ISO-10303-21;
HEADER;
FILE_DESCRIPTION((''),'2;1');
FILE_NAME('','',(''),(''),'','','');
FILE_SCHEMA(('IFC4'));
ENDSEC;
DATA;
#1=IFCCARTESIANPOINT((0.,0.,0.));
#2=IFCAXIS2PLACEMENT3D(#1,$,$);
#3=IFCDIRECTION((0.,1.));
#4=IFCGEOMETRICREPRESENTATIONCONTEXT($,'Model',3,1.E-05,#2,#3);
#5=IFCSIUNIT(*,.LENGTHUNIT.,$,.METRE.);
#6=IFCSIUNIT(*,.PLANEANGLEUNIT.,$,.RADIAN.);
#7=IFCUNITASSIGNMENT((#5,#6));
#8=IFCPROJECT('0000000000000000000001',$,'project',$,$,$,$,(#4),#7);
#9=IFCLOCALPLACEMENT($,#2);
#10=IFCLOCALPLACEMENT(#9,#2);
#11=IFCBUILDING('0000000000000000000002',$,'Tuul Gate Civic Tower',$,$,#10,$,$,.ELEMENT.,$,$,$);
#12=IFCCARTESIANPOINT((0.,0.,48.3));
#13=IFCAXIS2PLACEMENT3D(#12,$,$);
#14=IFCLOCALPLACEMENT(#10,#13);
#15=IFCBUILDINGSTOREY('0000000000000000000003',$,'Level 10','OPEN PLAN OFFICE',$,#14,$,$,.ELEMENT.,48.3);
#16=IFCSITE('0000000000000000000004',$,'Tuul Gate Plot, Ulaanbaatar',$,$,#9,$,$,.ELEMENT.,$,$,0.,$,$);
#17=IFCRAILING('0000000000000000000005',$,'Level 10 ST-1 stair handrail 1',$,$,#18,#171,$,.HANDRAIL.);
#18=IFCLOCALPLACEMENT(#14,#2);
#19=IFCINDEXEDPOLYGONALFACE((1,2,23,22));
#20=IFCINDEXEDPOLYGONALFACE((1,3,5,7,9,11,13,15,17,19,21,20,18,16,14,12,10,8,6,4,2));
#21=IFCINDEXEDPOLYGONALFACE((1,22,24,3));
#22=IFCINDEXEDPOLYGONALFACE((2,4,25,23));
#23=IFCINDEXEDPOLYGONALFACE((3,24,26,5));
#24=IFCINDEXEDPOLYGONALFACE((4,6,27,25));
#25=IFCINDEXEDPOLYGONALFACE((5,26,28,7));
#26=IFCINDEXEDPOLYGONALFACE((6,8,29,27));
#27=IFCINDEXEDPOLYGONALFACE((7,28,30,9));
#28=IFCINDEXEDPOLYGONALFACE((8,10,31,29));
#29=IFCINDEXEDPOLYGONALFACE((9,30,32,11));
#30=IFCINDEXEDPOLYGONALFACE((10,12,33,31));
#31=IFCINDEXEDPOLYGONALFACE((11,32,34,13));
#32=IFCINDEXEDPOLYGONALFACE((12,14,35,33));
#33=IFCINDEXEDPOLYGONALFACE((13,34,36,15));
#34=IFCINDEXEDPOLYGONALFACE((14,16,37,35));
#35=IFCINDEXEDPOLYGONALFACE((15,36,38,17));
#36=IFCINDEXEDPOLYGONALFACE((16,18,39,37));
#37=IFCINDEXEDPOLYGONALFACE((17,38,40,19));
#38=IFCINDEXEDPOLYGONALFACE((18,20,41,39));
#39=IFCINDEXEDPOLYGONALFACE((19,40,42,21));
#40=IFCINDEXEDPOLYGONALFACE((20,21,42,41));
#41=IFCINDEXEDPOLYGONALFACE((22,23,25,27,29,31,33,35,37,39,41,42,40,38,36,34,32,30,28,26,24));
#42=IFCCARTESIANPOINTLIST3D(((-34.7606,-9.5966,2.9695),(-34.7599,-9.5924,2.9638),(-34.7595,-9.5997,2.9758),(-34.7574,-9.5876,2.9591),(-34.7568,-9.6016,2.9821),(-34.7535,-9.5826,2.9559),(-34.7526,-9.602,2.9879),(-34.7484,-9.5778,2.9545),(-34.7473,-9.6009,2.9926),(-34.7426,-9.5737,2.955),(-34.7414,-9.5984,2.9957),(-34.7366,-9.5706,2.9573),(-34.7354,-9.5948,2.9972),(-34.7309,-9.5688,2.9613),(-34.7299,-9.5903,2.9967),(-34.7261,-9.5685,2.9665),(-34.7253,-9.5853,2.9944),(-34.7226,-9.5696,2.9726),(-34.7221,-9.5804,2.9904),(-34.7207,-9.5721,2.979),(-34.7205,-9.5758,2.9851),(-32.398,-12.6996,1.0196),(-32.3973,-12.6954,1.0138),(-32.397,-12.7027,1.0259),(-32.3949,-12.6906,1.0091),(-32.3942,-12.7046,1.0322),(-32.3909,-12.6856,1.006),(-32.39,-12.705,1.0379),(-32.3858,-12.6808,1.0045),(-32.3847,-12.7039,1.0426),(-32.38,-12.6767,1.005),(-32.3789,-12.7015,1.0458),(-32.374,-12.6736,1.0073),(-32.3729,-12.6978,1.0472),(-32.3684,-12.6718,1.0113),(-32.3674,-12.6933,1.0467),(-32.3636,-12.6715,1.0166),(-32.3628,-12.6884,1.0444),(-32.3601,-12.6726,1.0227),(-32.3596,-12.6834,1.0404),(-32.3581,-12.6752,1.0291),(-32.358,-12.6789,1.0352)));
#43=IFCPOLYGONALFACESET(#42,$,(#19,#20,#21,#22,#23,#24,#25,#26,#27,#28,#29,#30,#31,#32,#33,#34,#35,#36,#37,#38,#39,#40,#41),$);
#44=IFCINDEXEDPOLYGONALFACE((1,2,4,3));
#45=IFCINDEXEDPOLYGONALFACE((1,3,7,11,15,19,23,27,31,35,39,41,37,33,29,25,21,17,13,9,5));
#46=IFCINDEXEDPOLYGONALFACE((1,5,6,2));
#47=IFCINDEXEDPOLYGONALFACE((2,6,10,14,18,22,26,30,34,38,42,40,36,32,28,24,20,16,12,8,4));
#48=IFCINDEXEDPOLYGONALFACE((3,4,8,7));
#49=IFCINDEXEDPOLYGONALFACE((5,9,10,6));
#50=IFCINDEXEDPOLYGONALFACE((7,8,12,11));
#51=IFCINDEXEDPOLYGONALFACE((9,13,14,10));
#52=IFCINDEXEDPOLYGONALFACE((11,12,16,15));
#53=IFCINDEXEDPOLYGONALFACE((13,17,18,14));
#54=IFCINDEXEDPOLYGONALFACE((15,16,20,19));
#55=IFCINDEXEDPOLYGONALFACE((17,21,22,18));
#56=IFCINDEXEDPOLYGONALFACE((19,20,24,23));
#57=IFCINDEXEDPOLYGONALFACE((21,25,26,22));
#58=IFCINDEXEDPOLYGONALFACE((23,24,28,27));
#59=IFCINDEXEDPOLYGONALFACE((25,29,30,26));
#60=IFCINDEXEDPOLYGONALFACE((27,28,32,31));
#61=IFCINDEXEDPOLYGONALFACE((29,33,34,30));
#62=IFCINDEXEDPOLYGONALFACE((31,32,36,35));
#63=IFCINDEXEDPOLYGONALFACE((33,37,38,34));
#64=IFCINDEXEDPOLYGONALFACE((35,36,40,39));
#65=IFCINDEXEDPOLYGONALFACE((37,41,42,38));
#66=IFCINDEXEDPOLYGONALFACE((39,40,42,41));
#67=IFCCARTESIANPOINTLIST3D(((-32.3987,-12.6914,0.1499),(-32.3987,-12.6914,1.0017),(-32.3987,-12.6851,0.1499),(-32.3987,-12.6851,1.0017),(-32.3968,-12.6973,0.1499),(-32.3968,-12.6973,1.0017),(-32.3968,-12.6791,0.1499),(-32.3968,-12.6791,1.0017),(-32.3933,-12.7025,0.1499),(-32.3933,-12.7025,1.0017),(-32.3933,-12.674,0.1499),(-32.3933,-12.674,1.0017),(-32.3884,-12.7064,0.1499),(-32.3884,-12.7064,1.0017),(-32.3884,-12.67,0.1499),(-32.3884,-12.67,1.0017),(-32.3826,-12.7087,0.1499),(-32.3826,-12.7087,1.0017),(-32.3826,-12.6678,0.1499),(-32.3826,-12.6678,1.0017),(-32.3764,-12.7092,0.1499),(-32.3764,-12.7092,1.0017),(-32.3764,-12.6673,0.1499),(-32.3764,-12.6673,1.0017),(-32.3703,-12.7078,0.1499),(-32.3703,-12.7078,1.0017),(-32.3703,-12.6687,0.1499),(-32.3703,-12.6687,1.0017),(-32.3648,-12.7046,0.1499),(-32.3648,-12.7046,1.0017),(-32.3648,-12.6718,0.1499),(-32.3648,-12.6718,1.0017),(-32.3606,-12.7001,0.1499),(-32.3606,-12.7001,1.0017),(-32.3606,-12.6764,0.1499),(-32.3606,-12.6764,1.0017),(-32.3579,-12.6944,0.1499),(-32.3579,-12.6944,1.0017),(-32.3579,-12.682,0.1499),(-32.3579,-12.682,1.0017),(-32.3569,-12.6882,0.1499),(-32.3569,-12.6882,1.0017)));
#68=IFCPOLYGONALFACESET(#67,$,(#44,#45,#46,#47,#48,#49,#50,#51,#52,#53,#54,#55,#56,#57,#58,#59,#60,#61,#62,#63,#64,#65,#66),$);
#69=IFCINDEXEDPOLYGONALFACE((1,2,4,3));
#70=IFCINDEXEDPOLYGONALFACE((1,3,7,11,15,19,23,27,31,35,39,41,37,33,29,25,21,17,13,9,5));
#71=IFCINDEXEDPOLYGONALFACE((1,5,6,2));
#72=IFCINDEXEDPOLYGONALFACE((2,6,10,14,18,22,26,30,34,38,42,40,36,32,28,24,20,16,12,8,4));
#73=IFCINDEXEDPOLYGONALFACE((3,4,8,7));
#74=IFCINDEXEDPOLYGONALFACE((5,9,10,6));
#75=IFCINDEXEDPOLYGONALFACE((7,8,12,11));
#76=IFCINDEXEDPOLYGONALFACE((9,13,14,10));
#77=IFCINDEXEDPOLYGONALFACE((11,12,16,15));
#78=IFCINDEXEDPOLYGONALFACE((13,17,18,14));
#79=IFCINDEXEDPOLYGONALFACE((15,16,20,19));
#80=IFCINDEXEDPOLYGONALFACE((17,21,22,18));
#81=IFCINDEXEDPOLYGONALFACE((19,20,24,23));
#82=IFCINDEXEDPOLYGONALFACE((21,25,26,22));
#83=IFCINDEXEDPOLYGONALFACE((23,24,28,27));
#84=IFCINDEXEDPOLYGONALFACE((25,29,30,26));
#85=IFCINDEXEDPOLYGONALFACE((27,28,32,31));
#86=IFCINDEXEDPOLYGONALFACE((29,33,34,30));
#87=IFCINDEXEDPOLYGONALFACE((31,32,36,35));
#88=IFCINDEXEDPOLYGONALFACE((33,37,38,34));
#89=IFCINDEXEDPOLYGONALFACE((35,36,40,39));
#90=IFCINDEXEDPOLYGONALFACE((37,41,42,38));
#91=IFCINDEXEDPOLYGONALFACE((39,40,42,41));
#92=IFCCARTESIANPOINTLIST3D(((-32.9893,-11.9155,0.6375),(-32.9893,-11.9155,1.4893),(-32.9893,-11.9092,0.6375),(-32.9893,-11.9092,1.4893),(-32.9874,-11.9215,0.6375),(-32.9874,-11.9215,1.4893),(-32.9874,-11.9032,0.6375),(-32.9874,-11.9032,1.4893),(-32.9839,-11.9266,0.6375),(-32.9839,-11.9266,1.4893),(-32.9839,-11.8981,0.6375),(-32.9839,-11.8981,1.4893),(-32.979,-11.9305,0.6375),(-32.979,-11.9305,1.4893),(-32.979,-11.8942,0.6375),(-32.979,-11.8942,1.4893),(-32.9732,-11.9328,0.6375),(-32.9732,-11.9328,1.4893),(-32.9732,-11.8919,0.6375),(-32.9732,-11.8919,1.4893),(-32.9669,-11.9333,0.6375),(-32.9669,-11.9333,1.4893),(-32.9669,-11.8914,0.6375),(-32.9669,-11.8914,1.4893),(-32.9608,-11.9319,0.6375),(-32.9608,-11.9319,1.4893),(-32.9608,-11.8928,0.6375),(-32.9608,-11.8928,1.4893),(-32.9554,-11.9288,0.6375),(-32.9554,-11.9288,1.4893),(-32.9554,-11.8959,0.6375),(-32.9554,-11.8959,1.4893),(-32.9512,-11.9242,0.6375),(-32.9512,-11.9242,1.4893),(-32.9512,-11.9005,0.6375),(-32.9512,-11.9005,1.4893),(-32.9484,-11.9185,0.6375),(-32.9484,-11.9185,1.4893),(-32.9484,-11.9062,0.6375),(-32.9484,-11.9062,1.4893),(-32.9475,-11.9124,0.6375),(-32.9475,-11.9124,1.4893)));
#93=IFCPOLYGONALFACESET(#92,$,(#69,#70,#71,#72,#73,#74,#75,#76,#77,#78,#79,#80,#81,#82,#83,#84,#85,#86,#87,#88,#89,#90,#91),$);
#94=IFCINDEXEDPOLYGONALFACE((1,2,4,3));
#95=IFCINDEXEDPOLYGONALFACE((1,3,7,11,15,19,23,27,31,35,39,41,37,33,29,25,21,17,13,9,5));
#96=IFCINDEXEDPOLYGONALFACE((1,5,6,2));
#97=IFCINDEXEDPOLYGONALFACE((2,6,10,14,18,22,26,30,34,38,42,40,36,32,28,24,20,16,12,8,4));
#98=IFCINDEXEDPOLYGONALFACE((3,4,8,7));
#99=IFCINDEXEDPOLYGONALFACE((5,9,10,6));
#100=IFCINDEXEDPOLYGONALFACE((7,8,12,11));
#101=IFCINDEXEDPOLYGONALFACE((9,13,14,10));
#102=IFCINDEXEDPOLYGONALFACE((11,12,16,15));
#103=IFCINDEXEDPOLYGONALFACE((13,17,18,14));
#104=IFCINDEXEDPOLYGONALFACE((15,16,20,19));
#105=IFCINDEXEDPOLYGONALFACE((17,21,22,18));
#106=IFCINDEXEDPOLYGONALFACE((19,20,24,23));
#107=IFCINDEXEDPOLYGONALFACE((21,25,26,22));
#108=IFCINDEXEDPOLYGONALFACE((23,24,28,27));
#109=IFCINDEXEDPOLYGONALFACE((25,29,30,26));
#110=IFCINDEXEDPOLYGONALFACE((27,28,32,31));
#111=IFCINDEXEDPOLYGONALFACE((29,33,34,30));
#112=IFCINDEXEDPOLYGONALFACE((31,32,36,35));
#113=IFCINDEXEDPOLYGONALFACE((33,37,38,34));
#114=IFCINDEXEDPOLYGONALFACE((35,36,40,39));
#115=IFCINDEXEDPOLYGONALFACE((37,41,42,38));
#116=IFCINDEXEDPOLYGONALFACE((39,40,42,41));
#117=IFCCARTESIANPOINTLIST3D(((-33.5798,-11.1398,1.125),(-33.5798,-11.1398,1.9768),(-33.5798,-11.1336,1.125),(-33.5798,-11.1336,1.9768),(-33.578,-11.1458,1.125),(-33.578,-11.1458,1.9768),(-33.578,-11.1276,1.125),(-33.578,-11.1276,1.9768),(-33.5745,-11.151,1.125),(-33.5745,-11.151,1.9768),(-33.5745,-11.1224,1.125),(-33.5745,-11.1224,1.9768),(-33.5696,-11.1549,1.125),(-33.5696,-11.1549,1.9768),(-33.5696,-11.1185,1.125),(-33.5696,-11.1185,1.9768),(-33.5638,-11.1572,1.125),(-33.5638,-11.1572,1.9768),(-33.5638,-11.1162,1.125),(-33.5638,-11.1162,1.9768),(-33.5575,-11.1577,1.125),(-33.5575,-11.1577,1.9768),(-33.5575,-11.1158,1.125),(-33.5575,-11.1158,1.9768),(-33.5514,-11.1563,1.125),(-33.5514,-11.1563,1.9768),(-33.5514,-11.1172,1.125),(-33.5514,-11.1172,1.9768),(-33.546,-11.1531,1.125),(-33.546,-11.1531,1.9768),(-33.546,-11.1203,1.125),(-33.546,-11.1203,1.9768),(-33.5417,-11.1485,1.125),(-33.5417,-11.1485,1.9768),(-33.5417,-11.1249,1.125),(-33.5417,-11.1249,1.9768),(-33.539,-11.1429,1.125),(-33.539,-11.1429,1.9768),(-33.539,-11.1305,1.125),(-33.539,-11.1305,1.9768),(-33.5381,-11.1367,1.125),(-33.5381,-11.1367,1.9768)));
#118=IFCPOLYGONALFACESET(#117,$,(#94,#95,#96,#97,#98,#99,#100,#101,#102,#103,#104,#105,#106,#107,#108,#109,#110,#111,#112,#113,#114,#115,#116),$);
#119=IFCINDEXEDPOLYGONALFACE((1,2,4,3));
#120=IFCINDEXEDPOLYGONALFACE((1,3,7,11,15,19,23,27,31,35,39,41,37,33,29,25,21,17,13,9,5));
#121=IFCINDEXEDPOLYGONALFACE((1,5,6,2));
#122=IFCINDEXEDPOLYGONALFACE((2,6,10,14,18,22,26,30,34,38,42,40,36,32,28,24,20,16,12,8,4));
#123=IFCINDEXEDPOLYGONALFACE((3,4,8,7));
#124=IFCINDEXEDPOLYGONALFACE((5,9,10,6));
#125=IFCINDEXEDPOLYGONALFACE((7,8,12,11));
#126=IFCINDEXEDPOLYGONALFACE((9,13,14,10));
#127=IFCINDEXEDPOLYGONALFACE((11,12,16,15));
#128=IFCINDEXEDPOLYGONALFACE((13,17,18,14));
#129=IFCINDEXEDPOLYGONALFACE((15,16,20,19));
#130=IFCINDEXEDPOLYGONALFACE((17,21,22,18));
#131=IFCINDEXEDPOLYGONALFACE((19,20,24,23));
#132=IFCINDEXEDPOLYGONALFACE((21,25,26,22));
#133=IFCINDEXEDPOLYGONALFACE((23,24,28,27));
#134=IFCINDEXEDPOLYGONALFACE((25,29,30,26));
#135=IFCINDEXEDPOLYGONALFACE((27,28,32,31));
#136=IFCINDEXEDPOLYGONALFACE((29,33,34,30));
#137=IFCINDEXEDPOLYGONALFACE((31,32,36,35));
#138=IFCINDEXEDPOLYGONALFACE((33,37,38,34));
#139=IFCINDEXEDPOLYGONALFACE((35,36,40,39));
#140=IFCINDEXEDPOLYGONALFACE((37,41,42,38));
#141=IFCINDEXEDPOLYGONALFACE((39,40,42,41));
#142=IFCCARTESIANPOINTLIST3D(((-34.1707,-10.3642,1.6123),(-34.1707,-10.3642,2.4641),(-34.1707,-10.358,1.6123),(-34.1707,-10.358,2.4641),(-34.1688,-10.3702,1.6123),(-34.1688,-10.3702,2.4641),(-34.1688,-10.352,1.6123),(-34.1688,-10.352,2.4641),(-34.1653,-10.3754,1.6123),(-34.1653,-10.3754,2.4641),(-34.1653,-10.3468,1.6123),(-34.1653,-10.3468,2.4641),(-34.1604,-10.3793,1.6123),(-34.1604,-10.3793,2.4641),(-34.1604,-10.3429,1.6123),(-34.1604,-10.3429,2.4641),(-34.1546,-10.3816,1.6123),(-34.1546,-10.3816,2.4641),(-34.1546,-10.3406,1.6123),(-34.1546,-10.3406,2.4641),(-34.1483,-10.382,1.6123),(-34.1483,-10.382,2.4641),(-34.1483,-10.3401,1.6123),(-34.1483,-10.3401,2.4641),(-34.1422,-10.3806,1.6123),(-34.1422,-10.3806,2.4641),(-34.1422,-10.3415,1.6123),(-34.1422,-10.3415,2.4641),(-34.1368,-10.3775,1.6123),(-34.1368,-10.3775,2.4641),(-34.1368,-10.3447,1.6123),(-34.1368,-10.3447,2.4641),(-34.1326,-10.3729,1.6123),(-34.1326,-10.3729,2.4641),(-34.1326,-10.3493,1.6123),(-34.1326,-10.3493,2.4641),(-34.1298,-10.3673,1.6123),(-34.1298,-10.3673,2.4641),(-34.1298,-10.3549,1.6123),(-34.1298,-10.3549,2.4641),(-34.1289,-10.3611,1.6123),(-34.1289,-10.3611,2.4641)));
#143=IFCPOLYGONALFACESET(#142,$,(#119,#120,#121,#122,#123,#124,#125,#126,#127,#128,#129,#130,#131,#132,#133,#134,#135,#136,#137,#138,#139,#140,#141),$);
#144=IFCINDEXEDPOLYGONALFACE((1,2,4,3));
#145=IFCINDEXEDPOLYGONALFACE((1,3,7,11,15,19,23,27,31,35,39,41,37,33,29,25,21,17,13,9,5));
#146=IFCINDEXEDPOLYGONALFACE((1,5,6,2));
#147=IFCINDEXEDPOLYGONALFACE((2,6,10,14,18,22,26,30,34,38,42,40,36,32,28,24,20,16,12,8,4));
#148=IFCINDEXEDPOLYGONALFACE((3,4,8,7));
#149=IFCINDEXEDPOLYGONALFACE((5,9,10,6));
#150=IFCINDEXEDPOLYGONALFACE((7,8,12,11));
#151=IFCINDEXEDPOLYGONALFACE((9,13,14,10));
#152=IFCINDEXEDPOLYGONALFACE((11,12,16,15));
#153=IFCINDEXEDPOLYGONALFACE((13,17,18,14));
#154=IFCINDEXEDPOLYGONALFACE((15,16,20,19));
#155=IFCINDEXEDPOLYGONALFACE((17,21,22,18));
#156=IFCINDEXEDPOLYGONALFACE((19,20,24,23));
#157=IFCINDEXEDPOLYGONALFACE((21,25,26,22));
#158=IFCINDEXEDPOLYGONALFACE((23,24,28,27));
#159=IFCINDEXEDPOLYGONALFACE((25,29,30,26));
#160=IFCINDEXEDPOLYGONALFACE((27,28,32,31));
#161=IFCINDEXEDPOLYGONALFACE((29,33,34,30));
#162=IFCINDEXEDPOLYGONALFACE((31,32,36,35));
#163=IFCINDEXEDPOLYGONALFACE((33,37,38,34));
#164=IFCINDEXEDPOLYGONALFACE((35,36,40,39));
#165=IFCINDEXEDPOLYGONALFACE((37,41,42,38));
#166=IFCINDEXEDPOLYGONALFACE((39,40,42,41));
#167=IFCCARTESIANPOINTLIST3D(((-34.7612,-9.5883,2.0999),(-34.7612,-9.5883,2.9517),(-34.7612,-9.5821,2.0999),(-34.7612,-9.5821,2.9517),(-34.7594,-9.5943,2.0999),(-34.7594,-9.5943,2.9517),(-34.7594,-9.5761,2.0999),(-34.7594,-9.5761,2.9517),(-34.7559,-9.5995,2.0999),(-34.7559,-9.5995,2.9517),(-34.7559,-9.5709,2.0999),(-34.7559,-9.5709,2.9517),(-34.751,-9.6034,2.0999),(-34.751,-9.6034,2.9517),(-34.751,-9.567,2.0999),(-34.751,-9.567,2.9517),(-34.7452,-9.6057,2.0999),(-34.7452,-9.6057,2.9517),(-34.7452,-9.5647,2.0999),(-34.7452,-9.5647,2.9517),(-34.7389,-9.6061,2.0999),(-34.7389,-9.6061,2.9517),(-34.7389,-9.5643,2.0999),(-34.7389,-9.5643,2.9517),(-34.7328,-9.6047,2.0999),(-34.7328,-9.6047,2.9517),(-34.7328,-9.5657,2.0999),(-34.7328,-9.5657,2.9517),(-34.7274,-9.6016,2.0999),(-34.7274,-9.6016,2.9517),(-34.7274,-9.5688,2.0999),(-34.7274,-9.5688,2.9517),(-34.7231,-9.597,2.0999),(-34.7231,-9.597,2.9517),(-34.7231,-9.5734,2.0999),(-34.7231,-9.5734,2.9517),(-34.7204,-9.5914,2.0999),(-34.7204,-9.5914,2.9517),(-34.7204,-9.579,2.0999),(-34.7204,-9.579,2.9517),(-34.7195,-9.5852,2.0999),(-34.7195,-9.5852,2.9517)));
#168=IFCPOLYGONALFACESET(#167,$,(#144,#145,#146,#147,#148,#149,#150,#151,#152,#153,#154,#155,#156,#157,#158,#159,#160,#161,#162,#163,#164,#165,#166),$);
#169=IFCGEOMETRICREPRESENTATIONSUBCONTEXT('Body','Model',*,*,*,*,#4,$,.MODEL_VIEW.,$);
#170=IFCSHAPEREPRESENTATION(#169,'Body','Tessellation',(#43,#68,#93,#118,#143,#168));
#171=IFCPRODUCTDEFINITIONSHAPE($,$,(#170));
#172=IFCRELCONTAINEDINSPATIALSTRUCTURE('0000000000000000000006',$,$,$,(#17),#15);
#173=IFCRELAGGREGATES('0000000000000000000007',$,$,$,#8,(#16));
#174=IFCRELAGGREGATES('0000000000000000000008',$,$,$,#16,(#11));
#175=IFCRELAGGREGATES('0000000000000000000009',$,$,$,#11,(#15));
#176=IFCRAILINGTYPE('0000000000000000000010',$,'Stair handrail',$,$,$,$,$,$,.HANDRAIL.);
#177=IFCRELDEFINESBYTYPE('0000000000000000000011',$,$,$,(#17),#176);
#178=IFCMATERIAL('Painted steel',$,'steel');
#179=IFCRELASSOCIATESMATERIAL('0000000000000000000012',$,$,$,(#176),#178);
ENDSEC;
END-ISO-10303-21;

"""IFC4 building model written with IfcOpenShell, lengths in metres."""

from ifc_helpers import new_model, si_unit, direction, frame, origin, origin_2d, place, context, subcontext, project, spatial, circle, extrude, material, type_object, element, save


model = new_model("IFC4")

# Units and contexts
model_context = context("Model", 3, precision=1e-05, world=origin(), true_north=direction((0.0, 1.0)))
body_context = subcontext(model_context, "Body", "Model", "MODEL_VIEW")
ifc_project = project(units=[si_unit("LENGTHUNIT", "METRE"), si_unit("PLANEANGLEUNIT", "RADIAN")], contexts=[model_context])

# Site, building, storey
site_placement = place(None, origin())
site = spatial("IfcSite", under=ifc_project, at=site_placement, Name="Tuul Gate Plot, Ulaanbaatar", CompositionType="ELEMENT", RefElevation=0.0)
building_placement = place(site_placement, origin())
building = spatial("IfcBuilding", under=site, at=building_placement, Name="Tuul Gate Civic Tower", CompositionType="ELEMENT")
storey_placement = place(building_placement, frame((0.0, 0.0, 48.3)))
storey = spatial("IfcBuildingStorey", under=building, at=storey_placement, Name="Level 10", Description="OPEN PLAN OFFICE", CompositionType="ELEMENT", Elevation=48.3)

# Railing
ifc_material_1 = material(Name="Painted steel", Category="steel")
railing_type_1 = type_object("IfcRailingType", Name="Stair handrail", PredefinedType="HANDRAIL", material=ifc_material_1)
railing_1_placement = place(storey_placement, frame((-32.3779, -12.6882, 0.1499)))
element("IfcRailing", 1, at=railing_1_placement, inside=storey, type_object=railing_type_1, Name="Level 10 ST-1 stair handrail 1", PredefinedType="HANDRAIL", context=body_context, shape_type="SweptSolid", body=[
    extrude(circle(Radius=0.0239, at=origin_2d()), frame((0.0, 0.0, 0.876), z_axis=(-0.541824, 0.711645, 0.4472), x_axis=(-0.795637, -0.605773, 0.0)), (0.0, 0.0, 1.0), 4.3604),
    extrude(circle(Radius=0.021, at=origin_2d()), origin(), (0.0, 0.0, 1.0), 0.8518),
    extrude(circle(Radius=0.021, at=origin_2d()), frame((-0.5906, 0.7759, 0.4875)), (0.0, 0.0, 1.0), 0.8518),
    extrude(circle(Radius=0.021, at=origin_2d()), frame((-1.1812, 1.5515, 0.9751)), (0.0, 0.0, 1.0), 0.8518),
    extrude(circle(Radius=0.021, at=origin_2d()), frame((-1.772, 2.3271, 1.4624)), (0.0, 0.0, 1.0), 0.8518),
    extrude(circle(Radius=0.021, at=origin_2d()), frame((-2.3625, 3.103, 1.95)), (0.0, 0.0, 1.0), 0.8518),
])

save(model, "model.ifc")
